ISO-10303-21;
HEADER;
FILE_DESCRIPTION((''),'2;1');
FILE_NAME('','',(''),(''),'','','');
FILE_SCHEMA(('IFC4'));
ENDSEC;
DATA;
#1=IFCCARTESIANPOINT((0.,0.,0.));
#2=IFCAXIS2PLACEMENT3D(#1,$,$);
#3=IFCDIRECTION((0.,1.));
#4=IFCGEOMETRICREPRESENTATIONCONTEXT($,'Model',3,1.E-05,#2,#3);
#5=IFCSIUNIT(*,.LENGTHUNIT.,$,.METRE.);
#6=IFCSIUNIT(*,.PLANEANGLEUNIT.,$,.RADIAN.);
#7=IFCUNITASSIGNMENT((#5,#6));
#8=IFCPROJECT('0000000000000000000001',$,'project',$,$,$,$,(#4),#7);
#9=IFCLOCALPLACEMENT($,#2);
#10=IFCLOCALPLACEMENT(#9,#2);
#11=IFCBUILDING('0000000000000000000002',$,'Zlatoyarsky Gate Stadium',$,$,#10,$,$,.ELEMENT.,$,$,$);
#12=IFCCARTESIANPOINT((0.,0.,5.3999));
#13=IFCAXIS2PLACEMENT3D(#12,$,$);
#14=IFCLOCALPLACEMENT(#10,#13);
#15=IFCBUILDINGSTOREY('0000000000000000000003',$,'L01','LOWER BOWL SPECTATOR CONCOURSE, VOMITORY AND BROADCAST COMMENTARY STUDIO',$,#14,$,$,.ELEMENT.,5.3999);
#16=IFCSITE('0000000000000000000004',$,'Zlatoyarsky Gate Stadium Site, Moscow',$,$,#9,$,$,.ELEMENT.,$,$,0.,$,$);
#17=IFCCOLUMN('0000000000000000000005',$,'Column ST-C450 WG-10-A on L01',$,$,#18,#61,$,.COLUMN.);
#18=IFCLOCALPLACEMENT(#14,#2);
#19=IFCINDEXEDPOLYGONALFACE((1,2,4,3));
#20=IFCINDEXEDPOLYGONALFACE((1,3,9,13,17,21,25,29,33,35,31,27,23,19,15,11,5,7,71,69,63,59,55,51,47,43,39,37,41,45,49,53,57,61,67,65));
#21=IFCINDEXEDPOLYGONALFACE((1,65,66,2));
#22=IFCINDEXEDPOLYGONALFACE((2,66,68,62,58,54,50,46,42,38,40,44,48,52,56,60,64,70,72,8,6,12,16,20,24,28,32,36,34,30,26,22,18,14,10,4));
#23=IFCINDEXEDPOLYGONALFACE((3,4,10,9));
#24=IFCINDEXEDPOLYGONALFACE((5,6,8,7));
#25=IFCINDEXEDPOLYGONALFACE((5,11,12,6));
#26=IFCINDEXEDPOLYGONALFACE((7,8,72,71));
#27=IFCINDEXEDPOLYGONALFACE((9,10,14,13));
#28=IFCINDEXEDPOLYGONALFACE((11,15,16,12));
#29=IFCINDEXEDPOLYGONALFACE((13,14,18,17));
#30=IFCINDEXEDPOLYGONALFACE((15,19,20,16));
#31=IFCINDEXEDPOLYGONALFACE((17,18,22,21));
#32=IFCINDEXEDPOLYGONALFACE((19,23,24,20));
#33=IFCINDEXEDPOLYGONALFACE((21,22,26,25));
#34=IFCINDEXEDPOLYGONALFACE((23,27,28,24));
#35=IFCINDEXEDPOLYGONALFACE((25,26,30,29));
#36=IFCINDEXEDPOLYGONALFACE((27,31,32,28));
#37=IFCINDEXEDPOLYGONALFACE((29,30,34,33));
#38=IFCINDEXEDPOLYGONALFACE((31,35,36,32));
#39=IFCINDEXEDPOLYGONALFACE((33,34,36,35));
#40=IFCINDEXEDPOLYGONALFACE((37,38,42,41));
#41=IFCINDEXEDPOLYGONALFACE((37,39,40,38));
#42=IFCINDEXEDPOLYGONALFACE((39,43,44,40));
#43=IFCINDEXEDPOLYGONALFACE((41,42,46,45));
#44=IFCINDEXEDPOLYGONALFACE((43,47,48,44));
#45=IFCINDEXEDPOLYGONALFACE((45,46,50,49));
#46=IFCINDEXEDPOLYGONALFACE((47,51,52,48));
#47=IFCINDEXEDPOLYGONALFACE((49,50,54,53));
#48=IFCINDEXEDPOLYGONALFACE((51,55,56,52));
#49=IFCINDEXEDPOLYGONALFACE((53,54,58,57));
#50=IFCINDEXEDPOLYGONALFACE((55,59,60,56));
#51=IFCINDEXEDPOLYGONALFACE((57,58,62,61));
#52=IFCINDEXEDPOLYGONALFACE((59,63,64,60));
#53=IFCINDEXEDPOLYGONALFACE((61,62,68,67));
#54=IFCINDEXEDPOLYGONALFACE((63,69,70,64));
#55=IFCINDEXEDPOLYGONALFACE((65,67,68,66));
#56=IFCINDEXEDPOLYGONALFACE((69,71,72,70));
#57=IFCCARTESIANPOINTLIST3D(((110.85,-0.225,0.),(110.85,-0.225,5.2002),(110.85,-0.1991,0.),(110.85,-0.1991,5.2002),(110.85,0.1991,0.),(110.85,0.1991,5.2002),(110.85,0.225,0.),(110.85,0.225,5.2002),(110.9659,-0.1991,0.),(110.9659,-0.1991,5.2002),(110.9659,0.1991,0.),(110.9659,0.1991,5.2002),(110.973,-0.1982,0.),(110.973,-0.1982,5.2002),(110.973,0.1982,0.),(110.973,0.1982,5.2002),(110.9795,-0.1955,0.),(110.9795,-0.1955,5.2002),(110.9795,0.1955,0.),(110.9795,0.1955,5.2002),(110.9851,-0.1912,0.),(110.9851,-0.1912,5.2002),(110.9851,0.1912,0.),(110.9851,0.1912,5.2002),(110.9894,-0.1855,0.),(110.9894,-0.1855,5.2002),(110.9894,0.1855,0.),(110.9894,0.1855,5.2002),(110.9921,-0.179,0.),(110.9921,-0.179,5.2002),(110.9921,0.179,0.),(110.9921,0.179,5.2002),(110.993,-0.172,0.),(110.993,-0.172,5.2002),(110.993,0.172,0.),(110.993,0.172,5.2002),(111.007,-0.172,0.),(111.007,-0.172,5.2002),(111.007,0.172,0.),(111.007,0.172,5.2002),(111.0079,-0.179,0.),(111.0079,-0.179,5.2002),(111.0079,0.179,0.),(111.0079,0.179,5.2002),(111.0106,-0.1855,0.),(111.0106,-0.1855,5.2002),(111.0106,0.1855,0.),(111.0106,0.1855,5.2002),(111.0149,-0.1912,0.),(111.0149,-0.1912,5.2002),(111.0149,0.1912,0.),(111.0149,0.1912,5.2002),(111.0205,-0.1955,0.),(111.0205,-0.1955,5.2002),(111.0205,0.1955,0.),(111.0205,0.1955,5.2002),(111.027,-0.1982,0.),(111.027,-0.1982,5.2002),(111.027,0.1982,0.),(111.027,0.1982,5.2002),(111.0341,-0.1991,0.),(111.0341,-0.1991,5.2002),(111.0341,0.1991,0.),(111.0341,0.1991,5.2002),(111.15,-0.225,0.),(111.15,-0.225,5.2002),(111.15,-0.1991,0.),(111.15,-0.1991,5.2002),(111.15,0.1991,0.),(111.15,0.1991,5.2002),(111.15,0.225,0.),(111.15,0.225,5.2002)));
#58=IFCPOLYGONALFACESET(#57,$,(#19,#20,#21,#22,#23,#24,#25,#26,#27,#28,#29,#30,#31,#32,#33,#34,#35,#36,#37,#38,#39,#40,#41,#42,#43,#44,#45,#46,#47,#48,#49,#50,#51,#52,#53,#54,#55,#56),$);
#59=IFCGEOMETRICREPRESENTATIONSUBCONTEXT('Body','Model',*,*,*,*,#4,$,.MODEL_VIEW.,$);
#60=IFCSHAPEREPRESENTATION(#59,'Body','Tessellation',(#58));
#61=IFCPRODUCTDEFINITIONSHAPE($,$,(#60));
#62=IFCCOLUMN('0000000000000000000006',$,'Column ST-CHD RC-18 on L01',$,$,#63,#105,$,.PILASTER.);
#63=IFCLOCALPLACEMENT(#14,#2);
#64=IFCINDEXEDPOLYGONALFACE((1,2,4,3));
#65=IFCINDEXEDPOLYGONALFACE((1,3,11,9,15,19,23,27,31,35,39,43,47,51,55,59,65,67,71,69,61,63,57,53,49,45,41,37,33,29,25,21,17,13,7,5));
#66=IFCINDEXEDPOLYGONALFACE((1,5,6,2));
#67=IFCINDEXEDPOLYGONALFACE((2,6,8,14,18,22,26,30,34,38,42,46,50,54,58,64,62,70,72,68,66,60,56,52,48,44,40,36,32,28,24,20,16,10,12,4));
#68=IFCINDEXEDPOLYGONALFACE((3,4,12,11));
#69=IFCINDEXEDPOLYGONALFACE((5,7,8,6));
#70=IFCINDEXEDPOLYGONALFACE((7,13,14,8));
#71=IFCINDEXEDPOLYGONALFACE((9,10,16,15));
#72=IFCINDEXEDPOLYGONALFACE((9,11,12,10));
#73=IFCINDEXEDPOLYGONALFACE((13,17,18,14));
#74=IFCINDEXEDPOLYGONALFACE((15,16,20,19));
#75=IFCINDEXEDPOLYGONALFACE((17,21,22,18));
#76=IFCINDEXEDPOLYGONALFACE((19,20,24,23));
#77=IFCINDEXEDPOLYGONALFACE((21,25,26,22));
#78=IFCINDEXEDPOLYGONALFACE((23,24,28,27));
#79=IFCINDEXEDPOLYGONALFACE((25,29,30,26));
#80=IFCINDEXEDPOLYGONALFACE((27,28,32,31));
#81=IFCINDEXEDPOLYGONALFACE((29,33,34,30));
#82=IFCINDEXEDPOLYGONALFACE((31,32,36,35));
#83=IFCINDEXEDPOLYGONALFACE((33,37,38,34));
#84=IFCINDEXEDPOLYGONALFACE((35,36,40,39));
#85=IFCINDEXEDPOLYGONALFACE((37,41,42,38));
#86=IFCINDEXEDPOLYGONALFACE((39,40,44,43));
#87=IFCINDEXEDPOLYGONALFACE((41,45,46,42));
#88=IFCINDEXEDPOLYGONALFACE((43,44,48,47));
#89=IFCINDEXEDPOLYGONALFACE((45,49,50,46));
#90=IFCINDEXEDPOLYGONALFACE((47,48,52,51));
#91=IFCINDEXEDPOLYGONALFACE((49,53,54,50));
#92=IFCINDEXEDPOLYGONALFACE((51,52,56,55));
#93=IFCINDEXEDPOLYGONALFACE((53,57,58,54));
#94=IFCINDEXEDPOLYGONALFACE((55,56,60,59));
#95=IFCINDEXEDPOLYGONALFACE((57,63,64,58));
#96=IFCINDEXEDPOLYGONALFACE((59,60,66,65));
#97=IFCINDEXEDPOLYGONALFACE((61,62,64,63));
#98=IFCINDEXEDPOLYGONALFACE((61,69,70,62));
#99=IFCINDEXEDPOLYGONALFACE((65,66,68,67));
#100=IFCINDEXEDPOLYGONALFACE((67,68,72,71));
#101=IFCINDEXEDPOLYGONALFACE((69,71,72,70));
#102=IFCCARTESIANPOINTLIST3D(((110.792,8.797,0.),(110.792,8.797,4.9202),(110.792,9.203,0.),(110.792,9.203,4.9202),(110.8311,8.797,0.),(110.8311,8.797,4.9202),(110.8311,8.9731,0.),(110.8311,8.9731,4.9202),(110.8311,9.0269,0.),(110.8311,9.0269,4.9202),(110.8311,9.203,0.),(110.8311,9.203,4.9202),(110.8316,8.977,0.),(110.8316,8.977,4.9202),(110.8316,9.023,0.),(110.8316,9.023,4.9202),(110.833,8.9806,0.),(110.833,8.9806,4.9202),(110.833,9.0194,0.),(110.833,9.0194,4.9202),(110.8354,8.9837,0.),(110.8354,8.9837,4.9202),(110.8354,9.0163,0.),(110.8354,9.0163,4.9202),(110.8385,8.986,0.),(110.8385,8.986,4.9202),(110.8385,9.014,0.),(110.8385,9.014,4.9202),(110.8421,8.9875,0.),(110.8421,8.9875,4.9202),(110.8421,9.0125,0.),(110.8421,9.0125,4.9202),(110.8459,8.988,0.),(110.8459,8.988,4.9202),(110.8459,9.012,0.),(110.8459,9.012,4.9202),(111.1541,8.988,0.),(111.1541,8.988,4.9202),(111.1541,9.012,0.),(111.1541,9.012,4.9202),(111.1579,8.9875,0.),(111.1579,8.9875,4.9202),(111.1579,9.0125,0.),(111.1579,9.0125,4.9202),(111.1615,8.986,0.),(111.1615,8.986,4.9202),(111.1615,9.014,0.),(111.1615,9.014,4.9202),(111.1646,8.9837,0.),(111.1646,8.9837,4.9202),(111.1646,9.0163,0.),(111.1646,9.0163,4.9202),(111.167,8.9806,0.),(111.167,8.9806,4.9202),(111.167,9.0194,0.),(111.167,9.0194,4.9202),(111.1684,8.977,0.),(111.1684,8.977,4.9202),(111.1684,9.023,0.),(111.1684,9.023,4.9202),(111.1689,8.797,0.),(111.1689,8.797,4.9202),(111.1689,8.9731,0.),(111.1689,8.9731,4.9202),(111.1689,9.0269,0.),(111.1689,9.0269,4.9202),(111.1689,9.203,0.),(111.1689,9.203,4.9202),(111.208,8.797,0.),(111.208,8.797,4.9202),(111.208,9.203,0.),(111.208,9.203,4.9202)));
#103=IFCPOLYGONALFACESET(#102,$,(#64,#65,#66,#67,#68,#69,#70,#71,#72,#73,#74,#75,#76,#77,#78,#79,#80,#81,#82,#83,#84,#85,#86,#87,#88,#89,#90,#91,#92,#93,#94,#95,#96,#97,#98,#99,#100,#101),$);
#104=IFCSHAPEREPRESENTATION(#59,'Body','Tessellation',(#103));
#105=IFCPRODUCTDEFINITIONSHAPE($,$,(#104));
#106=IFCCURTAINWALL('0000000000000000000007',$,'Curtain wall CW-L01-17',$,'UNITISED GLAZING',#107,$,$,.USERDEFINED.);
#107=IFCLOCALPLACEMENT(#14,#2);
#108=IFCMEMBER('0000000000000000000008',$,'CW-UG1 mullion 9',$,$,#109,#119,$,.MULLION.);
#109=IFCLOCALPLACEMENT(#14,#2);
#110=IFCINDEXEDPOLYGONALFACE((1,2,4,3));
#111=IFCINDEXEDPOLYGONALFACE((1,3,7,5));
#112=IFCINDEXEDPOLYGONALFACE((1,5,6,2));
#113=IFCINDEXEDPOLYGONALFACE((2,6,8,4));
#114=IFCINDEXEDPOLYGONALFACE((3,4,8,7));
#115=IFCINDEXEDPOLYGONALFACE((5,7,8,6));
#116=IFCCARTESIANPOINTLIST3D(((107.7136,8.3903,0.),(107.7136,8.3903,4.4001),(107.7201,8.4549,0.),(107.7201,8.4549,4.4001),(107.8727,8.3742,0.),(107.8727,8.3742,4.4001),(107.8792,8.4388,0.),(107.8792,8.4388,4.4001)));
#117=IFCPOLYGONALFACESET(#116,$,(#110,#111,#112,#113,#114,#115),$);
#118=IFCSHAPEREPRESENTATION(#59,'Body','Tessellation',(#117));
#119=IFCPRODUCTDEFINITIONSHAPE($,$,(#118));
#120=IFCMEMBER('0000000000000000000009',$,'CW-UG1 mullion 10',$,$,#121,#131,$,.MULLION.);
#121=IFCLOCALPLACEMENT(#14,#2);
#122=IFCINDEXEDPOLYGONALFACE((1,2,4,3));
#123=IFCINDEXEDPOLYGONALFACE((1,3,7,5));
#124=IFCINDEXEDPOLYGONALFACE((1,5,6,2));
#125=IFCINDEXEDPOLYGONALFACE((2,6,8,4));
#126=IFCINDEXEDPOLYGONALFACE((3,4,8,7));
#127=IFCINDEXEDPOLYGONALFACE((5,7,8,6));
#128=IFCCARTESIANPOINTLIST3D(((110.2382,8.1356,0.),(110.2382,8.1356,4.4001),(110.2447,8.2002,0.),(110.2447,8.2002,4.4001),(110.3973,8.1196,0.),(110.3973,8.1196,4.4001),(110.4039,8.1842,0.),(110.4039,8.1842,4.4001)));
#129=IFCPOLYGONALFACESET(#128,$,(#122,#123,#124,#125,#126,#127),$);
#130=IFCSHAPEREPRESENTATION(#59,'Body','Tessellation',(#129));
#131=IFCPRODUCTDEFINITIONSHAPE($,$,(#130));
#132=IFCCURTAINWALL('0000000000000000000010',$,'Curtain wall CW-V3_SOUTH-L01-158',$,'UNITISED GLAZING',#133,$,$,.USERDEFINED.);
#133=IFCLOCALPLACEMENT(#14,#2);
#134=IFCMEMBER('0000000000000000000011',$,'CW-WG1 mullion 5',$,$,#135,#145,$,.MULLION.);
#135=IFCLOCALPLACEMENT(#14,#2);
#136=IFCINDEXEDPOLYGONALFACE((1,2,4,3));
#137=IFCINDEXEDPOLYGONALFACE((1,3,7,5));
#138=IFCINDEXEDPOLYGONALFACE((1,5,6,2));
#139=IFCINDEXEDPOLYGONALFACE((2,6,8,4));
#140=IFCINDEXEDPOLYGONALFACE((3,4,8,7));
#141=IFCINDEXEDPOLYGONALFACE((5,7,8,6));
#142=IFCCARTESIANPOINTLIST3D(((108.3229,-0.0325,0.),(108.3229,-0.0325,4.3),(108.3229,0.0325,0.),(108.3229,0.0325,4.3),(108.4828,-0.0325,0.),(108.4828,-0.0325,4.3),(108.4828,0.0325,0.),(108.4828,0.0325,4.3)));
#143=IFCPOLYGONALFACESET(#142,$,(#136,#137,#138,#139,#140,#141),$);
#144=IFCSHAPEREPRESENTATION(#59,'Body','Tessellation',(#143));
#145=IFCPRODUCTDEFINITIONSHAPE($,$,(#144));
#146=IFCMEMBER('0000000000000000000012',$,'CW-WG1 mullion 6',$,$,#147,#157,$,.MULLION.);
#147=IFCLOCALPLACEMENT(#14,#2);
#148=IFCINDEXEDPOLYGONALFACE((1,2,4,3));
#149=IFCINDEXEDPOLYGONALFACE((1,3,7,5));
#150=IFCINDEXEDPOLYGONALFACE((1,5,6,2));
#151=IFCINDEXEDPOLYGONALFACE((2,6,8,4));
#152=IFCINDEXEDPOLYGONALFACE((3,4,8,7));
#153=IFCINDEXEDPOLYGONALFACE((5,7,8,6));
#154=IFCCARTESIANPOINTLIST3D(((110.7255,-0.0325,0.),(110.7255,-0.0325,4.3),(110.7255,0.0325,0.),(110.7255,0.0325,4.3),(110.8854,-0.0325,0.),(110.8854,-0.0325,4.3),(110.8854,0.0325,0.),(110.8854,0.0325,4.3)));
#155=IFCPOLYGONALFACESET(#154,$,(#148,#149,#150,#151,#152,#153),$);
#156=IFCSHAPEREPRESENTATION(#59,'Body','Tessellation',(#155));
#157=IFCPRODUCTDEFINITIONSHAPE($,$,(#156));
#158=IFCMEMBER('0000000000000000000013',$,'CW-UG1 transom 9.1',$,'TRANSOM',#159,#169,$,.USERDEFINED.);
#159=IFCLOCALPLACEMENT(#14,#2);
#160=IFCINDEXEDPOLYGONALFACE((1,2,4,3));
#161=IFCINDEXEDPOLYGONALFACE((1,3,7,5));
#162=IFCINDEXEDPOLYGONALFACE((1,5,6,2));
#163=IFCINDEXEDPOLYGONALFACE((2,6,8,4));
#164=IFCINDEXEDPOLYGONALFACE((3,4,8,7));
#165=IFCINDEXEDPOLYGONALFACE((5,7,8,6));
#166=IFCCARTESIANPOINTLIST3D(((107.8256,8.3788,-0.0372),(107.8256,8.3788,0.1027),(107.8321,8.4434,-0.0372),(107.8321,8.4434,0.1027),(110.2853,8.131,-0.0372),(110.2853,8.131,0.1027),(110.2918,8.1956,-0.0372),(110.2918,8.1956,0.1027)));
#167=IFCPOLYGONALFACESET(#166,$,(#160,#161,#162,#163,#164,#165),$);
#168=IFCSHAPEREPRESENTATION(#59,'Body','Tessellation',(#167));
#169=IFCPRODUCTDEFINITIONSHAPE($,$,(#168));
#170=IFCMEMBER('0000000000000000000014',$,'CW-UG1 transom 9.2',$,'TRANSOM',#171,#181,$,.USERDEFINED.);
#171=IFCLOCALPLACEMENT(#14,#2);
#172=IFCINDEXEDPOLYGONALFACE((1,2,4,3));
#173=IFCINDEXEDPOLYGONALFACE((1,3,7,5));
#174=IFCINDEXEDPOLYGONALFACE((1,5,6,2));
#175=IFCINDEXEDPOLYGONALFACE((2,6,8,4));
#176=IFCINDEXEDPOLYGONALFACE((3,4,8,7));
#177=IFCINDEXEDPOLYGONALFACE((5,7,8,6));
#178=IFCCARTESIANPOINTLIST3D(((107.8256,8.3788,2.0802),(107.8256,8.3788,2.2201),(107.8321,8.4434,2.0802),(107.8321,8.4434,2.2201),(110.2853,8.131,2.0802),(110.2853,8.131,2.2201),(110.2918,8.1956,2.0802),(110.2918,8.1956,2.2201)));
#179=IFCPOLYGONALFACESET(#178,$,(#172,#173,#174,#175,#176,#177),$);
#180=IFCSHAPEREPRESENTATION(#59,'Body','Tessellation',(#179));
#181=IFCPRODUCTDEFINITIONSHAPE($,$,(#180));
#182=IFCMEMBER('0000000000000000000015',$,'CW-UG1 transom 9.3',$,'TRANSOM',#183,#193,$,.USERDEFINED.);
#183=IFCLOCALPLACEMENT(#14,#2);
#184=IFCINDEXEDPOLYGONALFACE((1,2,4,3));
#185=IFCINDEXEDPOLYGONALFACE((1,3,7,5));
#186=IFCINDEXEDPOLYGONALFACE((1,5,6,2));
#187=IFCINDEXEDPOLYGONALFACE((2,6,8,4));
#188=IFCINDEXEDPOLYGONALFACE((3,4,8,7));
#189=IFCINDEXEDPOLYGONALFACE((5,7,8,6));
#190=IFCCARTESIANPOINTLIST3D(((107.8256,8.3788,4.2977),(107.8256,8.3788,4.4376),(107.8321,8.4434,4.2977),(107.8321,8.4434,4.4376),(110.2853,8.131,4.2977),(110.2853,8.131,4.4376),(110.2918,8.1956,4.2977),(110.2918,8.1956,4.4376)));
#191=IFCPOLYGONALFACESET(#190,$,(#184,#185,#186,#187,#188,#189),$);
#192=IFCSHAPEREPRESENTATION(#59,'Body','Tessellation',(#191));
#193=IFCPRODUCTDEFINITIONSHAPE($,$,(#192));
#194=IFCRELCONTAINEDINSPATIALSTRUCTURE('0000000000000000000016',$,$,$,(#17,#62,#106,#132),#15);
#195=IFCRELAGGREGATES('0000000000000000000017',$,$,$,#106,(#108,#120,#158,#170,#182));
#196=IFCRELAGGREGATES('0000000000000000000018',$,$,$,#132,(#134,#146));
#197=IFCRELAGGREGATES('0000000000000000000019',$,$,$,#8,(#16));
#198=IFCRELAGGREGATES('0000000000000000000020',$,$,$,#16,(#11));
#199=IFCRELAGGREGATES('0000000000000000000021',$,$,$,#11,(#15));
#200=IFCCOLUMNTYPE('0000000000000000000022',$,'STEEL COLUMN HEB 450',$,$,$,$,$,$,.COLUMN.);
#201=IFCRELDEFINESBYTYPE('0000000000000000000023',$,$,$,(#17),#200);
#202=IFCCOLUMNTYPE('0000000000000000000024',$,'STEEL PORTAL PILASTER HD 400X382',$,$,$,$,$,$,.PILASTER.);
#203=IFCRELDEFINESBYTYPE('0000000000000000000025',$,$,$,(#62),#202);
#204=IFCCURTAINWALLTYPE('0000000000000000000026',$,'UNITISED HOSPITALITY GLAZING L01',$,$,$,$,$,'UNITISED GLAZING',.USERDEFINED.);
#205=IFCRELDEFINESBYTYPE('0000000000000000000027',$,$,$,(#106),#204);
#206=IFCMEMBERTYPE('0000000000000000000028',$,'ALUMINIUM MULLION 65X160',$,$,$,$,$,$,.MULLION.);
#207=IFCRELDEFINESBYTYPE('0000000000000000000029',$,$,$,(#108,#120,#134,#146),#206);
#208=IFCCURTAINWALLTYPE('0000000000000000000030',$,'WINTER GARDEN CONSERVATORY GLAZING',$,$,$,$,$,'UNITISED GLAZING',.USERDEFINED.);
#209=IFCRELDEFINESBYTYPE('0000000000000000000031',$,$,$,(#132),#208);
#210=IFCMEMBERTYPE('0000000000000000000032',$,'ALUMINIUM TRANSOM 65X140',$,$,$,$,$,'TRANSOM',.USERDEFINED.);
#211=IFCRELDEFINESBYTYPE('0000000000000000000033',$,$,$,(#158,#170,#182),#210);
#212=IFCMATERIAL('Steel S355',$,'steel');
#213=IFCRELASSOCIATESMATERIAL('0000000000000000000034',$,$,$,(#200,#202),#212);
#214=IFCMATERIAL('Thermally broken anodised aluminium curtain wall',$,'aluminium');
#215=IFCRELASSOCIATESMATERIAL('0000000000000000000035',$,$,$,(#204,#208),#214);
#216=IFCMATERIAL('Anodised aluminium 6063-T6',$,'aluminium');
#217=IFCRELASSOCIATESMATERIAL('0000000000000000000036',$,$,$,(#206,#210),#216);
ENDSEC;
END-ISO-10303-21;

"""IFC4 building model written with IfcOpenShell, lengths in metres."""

from ifc_helpers import new_model, si_unit, direction, frame, origin, origin_2d, place, context, subcontext, project, spatial, rectangle, i_section, extrude, material, material_profile, profile_set, type_object, element, aggregate, save


model = new_model("IFC4")

# Units and contexts
model_context = context("Model", 3, precision=1e-05, world=origin(), true_north=direction((0.0, 1.0)))
body_context = subcontext(model_context, "Body", "Model", "MODEL_VIEW")
ifc_project = project(units=[si_unit("LENGTHUNIT", "METRE"), si_unit("PLANEANGLEUNIT", "RADIAN")], contexts=[model_context])

# Site, building, storey
site_placement = place(None, origin())
site = spatial("IfcSite", under=ifc_project, at=site_placement, Name="Zlatoyarsky Gate Stadium Site, Moscow", CompositionType="ELEMENT", RefElevation=0.0)
building_placement = place(site_placement, origin())
building = spatial("IfcBuilding", under=site, at=building_placement, Name="Zlatoyarsky Gate Stadium", CompositionType="ELEMENT")
storey_placement = place(building_placement, frame((0.0, 0.0, 5.3999)))
storey = spatial("IfcBuildingStorey", under=building, at=storey_placement, Name="L01", Description="LOWER BOWL SPECTATOR CONCOURSE, VOMITORY AND BROADCAST COMMENTARY STUDIO", CompositionType="ELEMENT", Elevation=5.3999)

# Columns
ifc_material_1 = material(Name="Steel S355", Category="steel")
ifc_material_profile_1 = material_profile(ifc_material_1, i_section(OverallWidth=0.3, OverallDepth=0.45, WebThickness=0.0139, FlangeThickness=0.0259, FilletRadius=0.0271, at=origin_2d()), Name="HEB 450")
ifc_profile_set_1 = profile_set([ifc_material_profile_1], Name="Steel S355")
column_type_1 = type_object("IfcColumnType", Name="STEEL COLUMN HEB 450", PredefinedType="COLUMN", material=ifc_profile_set_1)
column_1_placement = place(storey_placement, frame((111.0, 0.0, 0.0), z_axis=(0.0, 0.0, 1.0), x_axis=(1.0, 0.0, 0.0)))
element("IfcColumn", 1, at=column_1_placement, inside=storey, type_object=column_type_1, Name="Column ST-C450 WG-10-A on L01", PredefinedType="COLUMN", context=body_context, shape_type="SweptSolid", body=[
    extrude(i_section(OverallWidth=0.3, OverallDepth=0.45, WebThickness=0.0139, FlangeThickness=0.0259, FilletRadius=0.0271, at=origin_2d()), origin(), (0.0, 0.0, 1.0), 5.2002),
])
ifc_material_profile_2 = material_profile(ifc_material_1, i_section(OverallWidth=0.406, OverallDepth=0.416, WebThickness=0.0239, FlangeThickness=0.0391, FilletRadius=0.0149, at=origin_2d()), Name="HD 400X382")
ifc_profile_set_2 = profile_set([ifc_material_profile_2], Name="Steel S355")
column_type_2 = type_object("IfcColumnType", Name="STEEL PORTAL PILASTER HD 400X382", PredefinedType="PILASTER", material=ifc_profile_set_2)
column_2_placement = place(storey_placement, frame((111.0, 9.0, 0.0), z_axis=(0.0, 0.0, 1.0), x_axis=(0.0, -1.0, 0.0)))
element("IfcColumn", 2, at=column_2_placement, inside=storey, type_object=column_type_2, Name="Column ST-CHD RC-18 on L01", PredefinedType="PILASTER", context=body_context, shape_type="SweptSolid", body=[
    extrude(i_section(OverallWidth=0.406, OverallDepth=0.416, WebThickness=0.0239, FlangeThickness=0.0391, FilletRadius=0.0149, at=origin_2d()), origin(), (0.0, 0.0, 1.0), 4.9202),
])

# Curtain walls, members
ifc_material_2 = material(Name="Thermally broken anodised aluminium curtain wall", Category="aluminium")
curtain_wall_type_1 = type_object("IfcCurtainWallType", Name="UNITISED HOSPITALITY GLAZING L01", ElementType="UNITISED GLAZING", PredefinedType="USERDEFINED", material=ifc_material_2)
curtain_wall_1_placement = place(storey_placement, origin())
curtain_wall_1 = element("IfcCurtainWall", 3, at=curtain_wall_1_placement, inside=storey, type_object=curtain_wall_type_1, Name="Curtain wall CW-L01-17", ObjectType="UNITISED GLAZING", PredefinedType="USERDEFINED")
ifc_material_3 = material(Name="Anodised aluminium 6063-T6", Category="aluminium")
ifc_material_profile_3 = material_profile(ifc_material_3, rectangle(XDim=0.0649, YDim=0.1599, at=origin_2d()), Name="ALU 65X160")
ifc_profile_set_3 = profile_set([ifc_material_profile_3], Name="Anodised aluminium 6063-T6")
member_type_1 = type_object("IfcMemberType", Name="ALUMINIUM MULLION 65X160", PredefinedType="MULLION", material=ifc_profile_set_3)
member_1_placement = place(storey_placement, frame((107.7964, 8.4146, 0.0), z_axis=(0.0, 0.0, 1.0), x_axis=(0.1003, 0.994957, 0.0)))
member_1 = element("IfcMember", 4, at=member_1_placement, type_object=member_type_1, Name="CW-UG1 mullion 9", PredefinedType="MULLION", context=body_context, shape_type="SweptSolid", body=[
    extrude(rectangle(XDim=0.0649, YDim=0.1599, at=origin_2d()), origin(), (0.0, 0.0, 1.0), 4.4001),
])
member_2_placement = place(storey_placement, frame((110.321, 8.1599, 0.0), z_axis=(0.0, 0.0, 1.0), x_axis=(0.1003, 0.994957, 0.0)))
member_2 = element("IfcMember", 5, at=member_2_placement, type_object=member_type_1, Name="CW-UG1 mullion 10", PredefinedType="MULLION", context=body_context, shape_type="SweptSolid", body=[
    extrude(rectangle(XDim=0.0649, YDim=0.1599, at=origin_2d()), origin(), (0.0, 0.0, 1.0), 4.4001),
])
curtain_wall_type_2 = type_object("IfcCurtainWallType", Name="WINTER GARDEN CONSERVATORY GLAZING", ElementType="UNITISED GLAZING", PredefinedType="USERDEFINED", material=ifc_material_2)
curtain_wall_2_placement = place(storey_placement, origin())
curtain_wall_2 = element("IfcCurtainWall", 6, at=curtain_wall_2_placement, inside=storey, type_object=curtain_wall_type_2, Name="Curtain wall CW-V3_SOUTH-L01-158", ObjectType="UNITISED GLAZING", PredefinedType="USERDEFINED")
member_3_placement = place(storey_placement, frame((108.4028, 0.0, 0.0), z_axis=(0.0, 0.0, 1.0), x_axis=(0.0, 1.0, 0.0)))
member_3 = element("IfcMember", 7, at=member_3_placement, type_object=member_type_1, Name="CW-WG1 mullion 5", PredefinedType="MULLION", context=body_context, shape_type="SweptSolid", body=[
    extrude(rectangle(XDim=0.0649, YDim=0.1599, at=origin_2d()), origin(), (0.0, 0.0, 1.0), 4.3),
])
member_4_placement = place(storey_placement, frame((110.8054, 0.0, 0.0), z_axis=(0.0, 0.0, 1.0), x_axis=(0.0, 1.0, 0.0)))
member_4 = element("IfcMember", 8, at=member_4_placement, type_object=member_type_1, Name="CW-WG1 mullion 6", PredefinedType="MULLION", context=body_context, shape_type="SweptSolid", body=[
    extrude(rectangle(XDim=0.0649, YDim=0.1599, at=origin_2d()), origin(), (0.0, 0.0, 1.0), 4.3),
])

# Members
ifc_material_profile_4 = material_profile(ifc_material_3, rectangle(XDim=0.0649, YDim=0.1399, at=origin_2d()), Name="ALU 65X140")
ifc_profile_set_4 = profile_set([ifc_material_profile_4], Name="Anodised aluminium 6063-T6")
member_type_2 = type_object("IfcMemberType", Name="ALUMINIUM TRANSOM 65X140", ElementType="TRANSOM", PredefinedType="USERDEFINED", material=ifc_profile_set_4)
member_5_placement = place(storey_placement, frame((107.8289, 8.4111, 0.0327), z_axis=(0.994964, -0.100237, 0.0), x_axis=(0.100237, 0.994964, 0.0)))
member_5 = element("IfcMember", 9, at=member_5_placement, type_object=member_type_2, Name="CW-UG1 transom 9.1", ObjectType="TRANSOM", PredefinedType="USERDEFINED", context=body_context, shape_type="SweptSolid", body=[
    extrude(rectangle(XDim=0.0649, YDim=0.1399, at=origin_2d()), origin(), (0.0, 0.0, 1.0), 2.4722),
])
member_6_placement = place(storey_placement, frame((107.8289, 8.4111, 2.1501), z_axis=(0.994964, -0.100237, 0.0), x_axis=(0.100237, 0.994964, 0.0)))
member_6 = element("IfcMember", 10, at=member_6_placement, type_object=member_type_2, Name="CW-UG1 transom 9.2", ObjectType="TRANSOM", PredefinedType="USERDEFINED", context=body_context, shape_type="SweptSolid", body=[
    extrude(rectangle(XDim=0.0649, YDim=0.1399, at=origin_2d()), origin(), (0.0, 0.0, 1.0), 2.4722),
])
member_7_placement = place(storey_placement, frame((107.8289, 8.4111, 4.3677), z_axis=(0.994964, -0.100237, 0.0), x_axis=(0.100237, 0.994964, 0.0)))
member_7 = element("IfcMember", 11, at=member_7_placement, type_object=member_type_2, Name="CW-UG1 transom 9.3", ObjectType="TRANSOM", PredefinedType="USERDEFINED", context=body_context, shape_type="SweptSolid", body=[
    extrude(rectangle(XDim=0.0649, YDim=0.1399, at=origin_2d()), origin(), (0.0, 0.0, 1.0), 2.4722),
])

aggregate(curtain_wall_1, [member_1, member_2, member_5, member_6, member_7])
aggregate(curtain_wall_2, [member_3, member_4])

save(model, "model.ifc")
